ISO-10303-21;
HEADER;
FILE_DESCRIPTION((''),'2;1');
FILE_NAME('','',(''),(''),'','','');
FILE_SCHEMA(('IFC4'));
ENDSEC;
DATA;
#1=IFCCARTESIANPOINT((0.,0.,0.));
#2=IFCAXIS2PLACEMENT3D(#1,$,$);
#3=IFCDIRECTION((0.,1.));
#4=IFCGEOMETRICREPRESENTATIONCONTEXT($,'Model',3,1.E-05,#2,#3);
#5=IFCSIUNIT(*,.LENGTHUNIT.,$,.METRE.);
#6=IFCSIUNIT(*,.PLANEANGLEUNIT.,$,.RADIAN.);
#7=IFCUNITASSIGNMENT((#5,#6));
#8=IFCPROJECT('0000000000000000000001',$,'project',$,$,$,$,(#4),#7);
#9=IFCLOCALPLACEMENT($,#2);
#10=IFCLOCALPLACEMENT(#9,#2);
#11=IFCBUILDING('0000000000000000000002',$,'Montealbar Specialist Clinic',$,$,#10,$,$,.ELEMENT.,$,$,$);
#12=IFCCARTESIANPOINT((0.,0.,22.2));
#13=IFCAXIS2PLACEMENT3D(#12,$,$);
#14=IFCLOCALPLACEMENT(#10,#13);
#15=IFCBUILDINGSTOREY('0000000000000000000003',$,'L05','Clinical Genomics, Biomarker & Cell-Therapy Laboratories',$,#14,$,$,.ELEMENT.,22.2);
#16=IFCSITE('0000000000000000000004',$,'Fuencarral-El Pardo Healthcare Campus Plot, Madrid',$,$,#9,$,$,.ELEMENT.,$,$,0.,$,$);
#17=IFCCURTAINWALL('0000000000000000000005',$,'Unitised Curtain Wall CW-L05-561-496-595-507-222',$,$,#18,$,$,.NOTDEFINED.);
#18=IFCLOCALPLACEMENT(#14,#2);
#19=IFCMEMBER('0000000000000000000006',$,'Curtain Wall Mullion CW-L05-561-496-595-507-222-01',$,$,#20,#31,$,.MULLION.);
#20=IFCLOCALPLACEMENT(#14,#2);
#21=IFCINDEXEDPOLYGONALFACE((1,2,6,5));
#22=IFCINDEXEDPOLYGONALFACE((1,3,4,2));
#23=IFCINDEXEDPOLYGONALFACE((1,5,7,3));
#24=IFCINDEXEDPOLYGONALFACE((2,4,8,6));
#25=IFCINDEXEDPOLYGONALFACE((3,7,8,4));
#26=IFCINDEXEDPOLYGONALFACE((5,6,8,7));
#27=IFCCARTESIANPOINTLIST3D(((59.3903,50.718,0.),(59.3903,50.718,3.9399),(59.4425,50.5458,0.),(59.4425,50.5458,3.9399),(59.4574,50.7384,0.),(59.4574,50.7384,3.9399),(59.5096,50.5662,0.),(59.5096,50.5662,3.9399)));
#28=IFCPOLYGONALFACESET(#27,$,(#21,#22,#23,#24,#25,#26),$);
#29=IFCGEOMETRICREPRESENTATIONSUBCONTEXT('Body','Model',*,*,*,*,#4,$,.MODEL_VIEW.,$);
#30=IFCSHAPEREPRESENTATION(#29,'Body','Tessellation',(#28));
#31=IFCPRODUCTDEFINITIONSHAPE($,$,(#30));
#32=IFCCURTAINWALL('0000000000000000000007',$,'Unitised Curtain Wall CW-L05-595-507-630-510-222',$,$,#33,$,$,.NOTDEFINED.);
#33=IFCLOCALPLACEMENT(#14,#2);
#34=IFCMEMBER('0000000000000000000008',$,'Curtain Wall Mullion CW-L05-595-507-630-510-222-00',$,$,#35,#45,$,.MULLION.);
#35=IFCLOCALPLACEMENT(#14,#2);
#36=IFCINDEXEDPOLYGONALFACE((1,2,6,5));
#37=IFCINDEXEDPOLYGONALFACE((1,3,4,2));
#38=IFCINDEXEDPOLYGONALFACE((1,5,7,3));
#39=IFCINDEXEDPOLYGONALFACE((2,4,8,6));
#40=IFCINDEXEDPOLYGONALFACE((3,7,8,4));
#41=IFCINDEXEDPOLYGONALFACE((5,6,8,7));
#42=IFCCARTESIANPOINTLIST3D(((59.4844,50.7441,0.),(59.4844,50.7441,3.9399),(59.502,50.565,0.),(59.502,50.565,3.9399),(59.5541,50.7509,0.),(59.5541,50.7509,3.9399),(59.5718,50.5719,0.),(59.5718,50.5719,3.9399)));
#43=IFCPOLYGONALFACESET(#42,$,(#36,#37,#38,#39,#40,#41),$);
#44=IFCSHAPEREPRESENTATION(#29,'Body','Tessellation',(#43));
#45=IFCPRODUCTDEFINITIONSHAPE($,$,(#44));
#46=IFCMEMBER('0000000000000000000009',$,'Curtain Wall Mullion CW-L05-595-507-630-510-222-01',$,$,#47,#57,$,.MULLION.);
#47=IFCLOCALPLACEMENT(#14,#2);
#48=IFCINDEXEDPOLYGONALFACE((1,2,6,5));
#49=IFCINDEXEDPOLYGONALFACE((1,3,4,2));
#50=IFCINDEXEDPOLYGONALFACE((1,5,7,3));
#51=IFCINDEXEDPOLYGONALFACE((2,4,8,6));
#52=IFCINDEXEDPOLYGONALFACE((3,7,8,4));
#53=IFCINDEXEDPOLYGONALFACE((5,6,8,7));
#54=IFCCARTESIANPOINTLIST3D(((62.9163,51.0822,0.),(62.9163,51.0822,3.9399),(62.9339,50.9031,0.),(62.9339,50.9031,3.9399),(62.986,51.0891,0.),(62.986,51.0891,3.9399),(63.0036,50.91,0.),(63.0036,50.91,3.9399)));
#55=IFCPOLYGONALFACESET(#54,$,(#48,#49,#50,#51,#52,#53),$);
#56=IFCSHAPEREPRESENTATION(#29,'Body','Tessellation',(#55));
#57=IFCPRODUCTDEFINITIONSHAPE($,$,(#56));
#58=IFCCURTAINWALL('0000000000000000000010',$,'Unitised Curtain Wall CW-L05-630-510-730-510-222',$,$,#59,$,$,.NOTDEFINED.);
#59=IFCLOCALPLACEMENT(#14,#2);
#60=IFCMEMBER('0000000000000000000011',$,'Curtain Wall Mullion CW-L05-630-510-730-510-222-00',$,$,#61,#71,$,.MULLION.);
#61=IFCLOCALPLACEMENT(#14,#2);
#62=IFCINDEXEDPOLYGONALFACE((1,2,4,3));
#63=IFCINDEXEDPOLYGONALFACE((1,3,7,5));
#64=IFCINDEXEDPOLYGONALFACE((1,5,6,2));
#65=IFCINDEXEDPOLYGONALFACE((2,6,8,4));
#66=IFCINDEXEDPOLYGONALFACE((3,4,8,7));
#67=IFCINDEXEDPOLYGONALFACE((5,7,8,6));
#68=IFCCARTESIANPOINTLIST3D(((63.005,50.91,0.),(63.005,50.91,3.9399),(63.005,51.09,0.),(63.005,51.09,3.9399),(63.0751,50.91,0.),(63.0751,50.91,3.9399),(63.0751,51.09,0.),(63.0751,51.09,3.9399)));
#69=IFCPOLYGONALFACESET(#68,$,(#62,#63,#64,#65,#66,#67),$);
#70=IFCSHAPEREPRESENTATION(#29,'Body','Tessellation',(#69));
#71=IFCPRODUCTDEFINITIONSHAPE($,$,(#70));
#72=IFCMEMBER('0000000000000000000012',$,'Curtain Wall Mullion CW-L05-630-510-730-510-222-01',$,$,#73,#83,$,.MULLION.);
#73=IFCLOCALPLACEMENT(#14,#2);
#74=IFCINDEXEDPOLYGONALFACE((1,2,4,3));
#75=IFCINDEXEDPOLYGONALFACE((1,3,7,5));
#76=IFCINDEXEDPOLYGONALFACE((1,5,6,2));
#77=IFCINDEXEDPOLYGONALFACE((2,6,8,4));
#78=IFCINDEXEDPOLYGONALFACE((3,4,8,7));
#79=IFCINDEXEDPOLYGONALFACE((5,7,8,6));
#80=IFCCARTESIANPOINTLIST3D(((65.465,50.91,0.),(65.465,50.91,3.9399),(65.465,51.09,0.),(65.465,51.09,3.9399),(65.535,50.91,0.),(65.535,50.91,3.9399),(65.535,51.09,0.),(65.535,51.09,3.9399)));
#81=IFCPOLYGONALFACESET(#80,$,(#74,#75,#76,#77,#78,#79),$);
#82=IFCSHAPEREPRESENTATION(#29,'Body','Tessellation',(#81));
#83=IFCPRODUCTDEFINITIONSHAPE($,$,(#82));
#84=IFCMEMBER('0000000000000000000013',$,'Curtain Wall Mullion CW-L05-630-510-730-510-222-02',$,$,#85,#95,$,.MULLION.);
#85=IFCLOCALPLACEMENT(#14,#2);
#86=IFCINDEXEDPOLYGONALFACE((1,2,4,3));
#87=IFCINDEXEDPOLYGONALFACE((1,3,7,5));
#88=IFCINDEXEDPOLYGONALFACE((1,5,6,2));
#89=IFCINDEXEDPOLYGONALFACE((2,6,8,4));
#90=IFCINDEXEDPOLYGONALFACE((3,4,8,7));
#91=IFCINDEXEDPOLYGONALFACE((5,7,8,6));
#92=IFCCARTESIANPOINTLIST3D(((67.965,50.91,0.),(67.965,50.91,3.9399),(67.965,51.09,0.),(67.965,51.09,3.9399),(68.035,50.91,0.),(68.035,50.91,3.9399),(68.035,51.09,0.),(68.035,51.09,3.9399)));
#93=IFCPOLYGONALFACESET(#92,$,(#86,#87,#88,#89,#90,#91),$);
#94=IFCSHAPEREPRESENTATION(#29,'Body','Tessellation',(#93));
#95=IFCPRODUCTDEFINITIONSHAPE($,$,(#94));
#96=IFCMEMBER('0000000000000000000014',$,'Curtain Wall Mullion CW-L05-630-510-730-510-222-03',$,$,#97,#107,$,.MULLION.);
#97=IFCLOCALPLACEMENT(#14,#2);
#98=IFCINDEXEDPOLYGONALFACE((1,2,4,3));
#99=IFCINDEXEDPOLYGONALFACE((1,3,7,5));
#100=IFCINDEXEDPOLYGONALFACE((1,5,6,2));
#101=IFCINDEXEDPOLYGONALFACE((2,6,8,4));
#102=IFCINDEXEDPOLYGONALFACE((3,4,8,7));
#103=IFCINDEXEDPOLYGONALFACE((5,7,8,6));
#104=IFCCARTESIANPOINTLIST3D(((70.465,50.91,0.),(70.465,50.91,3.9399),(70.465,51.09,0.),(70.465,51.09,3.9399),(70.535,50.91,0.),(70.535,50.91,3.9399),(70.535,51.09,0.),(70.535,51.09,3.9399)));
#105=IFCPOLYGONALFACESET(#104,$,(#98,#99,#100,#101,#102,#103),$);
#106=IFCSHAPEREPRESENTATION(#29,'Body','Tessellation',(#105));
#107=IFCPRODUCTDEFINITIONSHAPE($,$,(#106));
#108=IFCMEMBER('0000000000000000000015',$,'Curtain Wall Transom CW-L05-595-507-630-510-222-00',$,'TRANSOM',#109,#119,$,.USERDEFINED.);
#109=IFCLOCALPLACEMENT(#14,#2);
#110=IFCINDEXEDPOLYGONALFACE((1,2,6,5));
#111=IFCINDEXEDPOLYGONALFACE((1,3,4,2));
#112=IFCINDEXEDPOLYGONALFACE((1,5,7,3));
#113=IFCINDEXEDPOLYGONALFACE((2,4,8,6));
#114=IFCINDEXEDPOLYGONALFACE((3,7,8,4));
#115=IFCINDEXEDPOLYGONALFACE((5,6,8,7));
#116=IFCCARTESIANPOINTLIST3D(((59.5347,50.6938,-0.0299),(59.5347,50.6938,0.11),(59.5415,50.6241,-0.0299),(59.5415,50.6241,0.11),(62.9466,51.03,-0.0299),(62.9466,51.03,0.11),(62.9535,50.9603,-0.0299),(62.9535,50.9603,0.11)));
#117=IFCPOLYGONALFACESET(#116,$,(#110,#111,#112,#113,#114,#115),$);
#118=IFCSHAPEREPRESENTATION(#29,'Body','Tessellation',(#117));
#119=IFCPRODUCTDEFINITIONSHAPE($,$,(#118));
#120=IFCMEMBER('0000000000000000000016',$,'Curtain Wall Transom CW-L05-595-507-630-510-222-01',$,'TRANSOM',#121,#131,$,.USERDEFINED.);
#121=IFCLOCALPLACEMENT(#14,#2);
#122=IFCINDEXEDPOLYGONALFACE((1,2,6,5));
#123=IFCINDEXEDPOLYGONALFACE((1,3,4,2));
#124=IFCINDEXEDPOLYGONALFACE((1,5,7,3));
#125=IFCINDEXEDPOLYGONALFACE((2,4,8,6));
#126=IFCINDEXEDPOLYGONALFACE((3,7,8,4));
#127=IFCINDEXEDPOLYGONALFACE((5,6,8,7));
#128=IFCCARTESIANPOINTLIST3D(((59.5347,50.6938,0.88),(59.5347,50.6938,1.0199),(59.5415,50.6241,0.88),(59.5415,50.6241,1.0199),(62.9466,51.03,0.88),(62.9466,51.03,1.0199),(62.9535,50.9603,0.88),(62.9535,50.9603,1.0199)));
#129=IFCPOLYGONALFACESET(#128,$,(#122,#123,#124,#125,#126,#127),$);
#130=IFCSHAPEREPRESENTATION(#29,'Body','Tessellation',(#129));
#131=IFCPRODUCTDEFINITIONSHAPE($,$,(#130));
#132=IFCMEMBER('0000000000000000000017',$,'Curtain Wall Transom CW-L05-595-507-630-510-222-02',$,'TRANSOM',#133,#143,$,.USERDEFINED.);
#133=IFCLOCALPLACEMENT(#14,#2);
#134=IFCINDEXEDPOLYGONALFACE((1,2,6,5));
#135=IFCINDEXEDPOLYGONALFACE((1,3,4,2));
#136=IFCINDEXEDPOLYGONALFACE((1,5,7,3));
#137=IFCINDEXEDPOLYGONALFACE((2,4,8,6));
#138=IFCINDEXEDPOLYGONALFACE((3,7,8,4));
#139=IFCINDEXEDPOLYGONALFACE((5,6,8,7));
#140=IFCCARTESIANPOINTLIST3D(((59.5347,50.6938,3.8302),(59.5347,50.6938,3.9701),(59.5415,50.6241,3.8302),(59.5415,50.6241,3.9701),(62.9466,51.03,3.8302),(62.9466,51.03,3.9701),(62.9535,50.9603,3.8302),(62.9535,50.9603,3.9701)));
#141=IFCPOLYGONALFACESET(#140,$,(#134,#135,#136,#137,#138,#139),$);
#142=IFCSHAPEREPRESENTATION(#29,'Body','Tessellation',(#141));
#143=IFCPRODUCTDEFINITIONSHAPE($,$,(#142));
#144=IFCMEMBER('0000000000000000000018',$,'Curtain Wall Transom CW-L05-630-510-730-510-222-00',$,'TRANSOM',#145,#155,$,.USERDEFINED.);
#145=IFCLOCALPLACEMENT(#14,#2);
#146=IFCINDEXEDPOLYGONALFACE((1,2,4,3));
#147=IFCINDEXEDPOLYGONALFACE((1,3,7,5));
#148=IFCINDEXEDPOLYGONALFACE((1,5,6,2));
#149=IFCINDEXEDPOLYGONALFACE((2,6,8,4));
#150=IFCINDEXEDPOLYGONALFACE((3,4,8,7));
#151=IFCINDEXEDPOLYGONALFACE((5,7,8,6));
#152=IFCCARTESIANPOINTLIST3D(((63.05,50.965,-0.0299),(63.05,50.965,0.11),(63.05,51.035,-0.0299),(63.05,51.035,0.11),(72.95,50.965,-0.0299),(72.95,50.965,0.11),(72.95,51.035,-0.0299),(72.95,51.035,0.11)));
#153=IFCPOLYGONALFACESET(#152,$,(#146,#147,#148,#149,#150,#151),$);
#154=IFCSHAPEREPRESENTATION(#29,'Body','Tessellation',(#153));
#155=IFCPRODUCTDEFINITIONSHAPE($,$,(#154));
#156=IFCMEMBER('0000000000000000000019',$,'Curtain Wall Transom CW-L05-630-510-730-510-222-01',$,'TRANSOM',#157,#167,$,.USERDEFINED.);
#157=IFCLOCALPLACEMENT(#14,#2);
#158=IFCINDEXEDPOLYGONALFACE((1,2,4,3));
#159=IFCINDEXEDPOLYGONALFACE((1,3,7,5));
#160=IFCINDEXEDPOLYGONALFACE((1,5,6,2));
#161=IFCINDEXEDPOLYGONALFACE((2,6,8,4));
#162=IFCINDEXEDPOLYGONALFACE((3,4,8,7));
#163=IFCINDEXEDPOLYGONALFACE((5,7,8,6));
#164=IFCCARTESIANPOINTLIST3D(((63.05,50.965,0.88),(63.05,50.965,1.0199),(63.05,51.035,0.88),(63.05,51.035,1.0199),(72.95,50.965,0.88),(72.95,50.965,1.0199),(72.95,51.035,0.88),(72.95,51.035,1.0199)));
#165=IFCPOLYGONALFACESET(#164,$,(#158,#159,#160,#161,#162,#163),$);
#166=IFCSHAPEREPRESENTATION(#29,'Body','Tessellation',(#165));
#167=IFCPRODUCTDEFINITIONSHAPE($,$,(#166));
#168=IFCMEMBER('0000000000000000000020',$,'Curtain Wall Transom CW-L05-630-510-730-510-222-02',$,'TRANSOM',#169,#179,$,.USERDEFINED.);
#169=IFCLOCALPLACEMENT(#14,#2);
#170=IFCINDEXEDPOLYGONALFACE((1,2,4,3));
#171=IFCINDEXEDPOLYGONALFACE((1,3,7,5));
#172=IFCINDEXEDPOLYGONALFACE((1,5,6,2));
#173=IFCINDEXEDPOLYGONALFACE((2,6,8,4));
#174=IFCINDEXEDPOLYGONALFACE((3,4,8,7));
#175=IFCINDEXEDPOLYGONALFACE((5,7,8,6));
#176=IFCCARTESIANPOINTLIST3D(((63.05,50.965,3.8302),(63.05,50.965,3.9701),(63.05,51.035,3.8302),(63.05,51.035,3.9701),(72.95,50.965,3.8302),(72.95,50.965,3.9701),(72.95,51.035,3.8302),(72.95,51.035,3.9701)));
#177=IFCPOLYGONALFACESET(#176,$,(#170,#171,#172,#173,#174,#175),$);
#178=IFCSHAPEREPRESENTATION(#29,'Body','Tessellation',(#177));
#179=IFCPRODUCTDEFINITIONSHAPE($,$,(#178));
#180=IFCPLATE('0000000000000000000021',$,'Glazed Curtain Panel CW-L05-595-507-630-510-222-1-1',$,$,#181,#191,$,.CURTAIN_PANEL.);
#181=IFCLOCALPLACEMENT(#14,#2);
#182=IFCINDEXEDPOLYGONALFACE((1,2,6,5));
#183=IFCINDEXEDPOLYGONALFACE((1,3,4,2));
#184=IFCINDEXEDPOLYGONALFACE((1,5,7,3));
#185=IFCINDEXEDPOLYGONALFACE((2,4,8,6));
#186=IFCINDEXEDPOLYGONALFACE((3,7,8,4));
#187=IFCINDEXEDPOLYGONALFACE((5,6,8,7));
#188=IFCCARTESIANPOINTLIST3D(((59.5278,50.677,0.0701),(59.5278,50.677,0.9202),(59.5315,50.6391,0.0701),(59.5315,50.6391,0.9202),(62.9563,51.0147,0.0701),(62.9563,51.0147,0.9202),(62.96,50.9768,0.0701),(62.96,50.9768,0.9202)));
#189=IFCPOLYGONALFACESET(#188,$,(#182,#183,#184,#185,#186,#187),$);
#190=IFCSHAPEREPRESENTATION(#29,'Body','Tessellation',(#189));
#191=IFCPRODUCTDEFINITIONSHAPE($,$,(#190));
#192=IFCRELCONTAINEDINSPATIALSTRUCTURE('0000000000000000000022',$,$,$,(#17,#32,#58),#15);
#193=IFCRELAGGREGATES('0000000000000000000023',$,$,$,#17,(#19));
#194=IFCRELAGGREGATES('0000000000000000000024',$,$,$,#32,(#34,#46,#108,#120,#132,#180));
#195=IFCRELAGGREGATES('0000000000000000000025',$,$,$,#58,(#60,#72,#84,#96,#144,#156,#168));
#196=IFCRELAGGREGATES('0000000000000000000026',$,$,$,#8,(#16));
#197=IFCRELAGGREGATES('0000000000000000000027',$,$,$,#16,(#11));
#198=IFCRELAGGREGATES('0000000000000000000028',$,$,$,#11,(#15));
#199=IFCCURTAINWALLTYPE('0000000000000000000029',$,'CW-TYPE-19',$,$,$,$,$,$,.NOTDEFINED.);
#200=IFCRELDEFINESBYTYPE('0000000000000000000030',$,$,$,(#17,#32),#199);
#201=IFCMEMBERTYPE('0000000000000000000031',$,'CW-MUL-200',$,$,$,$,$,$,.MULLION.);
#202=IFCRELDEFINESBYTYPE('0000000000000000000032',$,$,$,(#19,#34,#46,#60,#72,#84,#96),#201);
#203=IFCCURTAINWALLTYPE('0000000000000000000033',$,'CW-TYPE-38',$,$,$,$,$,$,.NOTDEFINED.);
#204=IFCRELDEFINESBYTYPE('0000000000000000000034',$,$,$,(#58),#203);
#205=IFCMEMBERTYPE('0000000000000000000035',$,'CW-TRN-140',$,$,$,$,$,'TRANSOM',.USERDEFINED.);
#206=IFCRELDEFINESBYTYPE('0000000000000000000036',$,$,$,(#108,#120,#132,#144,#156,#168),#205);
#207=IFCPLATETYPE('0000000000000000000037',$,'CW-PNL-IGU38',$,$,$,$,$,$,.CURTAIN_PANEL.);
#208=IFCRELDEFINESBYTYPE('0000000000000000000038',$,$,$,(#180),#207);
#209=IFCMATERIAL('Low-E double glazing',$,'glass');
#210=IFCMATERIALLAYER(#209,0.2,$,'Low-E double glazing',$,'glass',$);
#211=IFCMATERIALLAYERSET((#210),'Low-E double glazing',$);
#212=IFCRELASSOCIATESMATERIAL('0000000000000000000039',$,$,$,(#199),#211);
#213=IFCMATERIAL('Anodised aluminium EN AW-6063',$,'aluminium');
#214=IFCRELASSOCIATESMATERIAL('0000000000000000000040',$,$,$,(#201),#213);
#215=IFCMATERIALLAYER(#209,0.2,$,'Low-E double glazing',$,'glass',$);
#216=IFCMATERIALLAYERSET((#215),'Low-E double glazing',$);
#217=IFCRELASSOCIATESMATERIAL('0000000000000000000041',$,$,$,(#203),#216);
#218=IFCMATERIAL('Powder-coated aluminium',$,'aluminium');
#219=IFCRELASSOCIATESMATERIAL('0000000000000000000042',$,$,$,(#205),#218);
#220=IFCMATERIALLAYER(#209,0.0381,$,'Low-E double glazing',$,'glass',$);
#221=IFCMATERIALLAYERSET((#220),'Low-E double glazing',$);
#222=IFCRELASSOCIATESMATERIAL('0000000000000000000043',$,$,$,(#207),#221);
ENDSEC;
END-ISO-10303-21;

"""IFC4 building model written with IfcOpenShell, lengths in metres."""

from ifc_helpers import new_model, si_unit, direction, frame, origin, origin_2d, place, context, subcontext, project, spatial, rectangle, extrude, material, layer, layer_set, material_profile, profile_set, type_object, element, aggregate, save


model = new_model("IFC4")

# Units and contexts
model_context = context("Model", 3, precision=1e-05, world=origin(), true_north=direction((0.0, 1.0)))
body_context = subcontext(model_context, "Body", "Model", "MODEL_VIEW")
ifc_project = project(units=[si_unit("LENGTHUNIT", "METRE"), si_unit("PLANEANGLEUNIT", "RADIAN")], contexts=[model_context])

# Site, building, storey
site_placement = place(None, origin())
site = spatial("IfcSite", under=ifc_project, at=site_placement, Name="Fuencarral-El Pardo Healthcare Campus Plot, Madrid", CompositionType="ELEMENT", RefElevation=0.0)
building_placement = place(site_placement, origin())
building = spatial("IfcBuilding", under=site, at=building_placement, Name="Montealbar Specialist Clinic", CompositionType="ELEMENT")
storey_placement = place(building_placement, frame((0.0, 0.0, 22.2)))
storey = spatial("IfcBuildingStorey", under=building, at=storey_placement, Name="L05", Description="Clinical Genomics, Biomarker & Cell-Therapy Laboratories", CompositionType="ELEMENT", Elevation=22.2)

# Curtain wall, member
ifc_material_1 = material(Name="Low-E double glazing", Category="glass")
ifc_layer_1 = layer(ifc_material_1, 0.2, Name="Low-E double glazing", Category="glass")
ifc_layer_set_1 = layer_set([ifc_layer_1], Name="Low-E double glazing")
curtain_wall_type_1 = type_object("IfcCurtainWallType", Name="CW-TYPE-19", PredefinedType="NOTDEFINED", material=ifc_layer_set_1)
curtain_wall_1_placement = place(storey_placement, origin())
curtain_wall_1 = element("IfcCurtainWall", 1, at=curtain_wall_1_placement, inside=storey, type_object=curtain_wall_type_1, Name="Unitised Curtain Wall CW-L05-561-496-595-507-222", PredefinedType="NOTDEFINED")
ifc_material_2 = material(Name="Anodised aluminium EN AW-6063", Category="aluminium")
ifc_material_profile_1 = material_profile(ifc_material_2, rectangle(XDim=0.0701, YDim=0.1799, at=origin_2d()), Name="ALU 70x180", Category="aluminium")
ifc_profile_set_1 = profile_set([ifc_material_profile_1], Name="Anodised aluminium EN AW-6063")
member_type_1 = type_object("IfcMemberType", Name="CW-MUL-200", PredefinedType="MULLION", material=ifc_profile_set_1)
member_1_placement = place(storey_placement, frame((59.45, 50.6421, 0.0), z_axis=(0.0, 0.0, 1.0), x_axis=(0.956948, 0.290259, 0.0)))
member_1 = element("IfcMember", 2, at=member_1_placement, type_object=member_type_1, Name="Curtain Wall Mullion CW-L05-561-496-595-507-222-01", PredefinedType="MULLION", context=body_context, shape_type="SweptSolid", body=[
    extrude(rectangle(XDim=0.0701, YDim=0.1799, at=origin_2d()), origin(), (0.0, 0.0, 1.0), 3.9399),
])
aggregate(curtain_wall_1, [member_1])

# Curtain walls, members
curtain_wall_2_placement = place(storey_placement, origin())
curtain_wall_2 = element("IfcCurtainWall", 3, at=curtain_wall_2_placement, inside=storey, type_object=curtain_wall_type_1, Name="Unitised Curtain Wall CW-L05-595-507-630-510-222", PredefinedType="NOTDEFINED")
member_2_placement = place(storey_placement, frame((59.5281, 50.658, 0.0), z_axis=(0.0, 0.0, 1.0), x_axis=(0.995182, 0.098045, 0.0)))
member_2 = element("IfcMember", 4, at=member_2_placement, type_object=member_type_1, Name="Curtain Wall Mullion CW-L05-595-507-630-510-222-00", PredefinedType="MULLION", context=body_context, shape_type="SweptSolid", body=[
    extrude(rectangle(XDim=0.0701, YDim=0.1799, at=origin_2d()), origin(), (0.0, 0.0, 1.0), 3.9399),
])
member_3_placement = place(storey_placement, frame((62.96, 50.9961, 0.0), z_axis=(0.0, 0.0, 1.0), x_axis=(0.995182, 0.098045, 0.0)))
member_3 = element("IfcMember", 5, at=member_3_placement, type_object=member_type_1, Name="Curtain Wall Mullion CW-L05-595-507-630-510-222-01", PredefinedType="MULLION", context=body_context, shape_type="SweptSolid", body=[
    extrude(rectangle(XDim=0.0701, YDim=0.1799, at=origin_2d()), origin(), (0.0, 0.0, 1.0), 3.9399),
])
ifc_layer_2 = layer(ifc_material_1, 0.2, Name="Low-E double glazing", Category="glass")
ifc_layer_set_2 = layer_set([ifc_layer_2], Name="Low-E double glazing")
curtain_wall_type_2 = type_object("IfcCurtainWallType", Name="CW-TYPE-38", PredefinedType="NOTDEFINED", material=ifc_layer_set_2)
curtain_wall_3_placement = place(storey_placement, origin())
curtain_wall_3 = element("IfcCurtainWall", 6, at=curtain_wall_3_placement, inside=storey, type_object=curtain_wall_type_2, Name="Unitised Curtain Wall CW-L05-630-510-730-510-222", PredefinedType="NOTDEFINED")
member_4_placement = place(storey_placement, frame((63.04, 51.0, 0.0), z_axis=(0.0, 0.0, 1.0), x_axis=(1.0, 0.0, 0.0)))
member_4 = element("IfcMember", 7, at=member_4_placement, type_object=member_type_1, Name="Curtain Wall Mullion CW-L05-630-510-730-510-222-00", PredefinedType="MULLION", context=body_context, shape_type="SweptSolid", body=[
    extrude(rectangle(XDim=0.0701, YDim=0.1799, at=origin_2d()), origin(), (0.0, 0.0, 1.0), 3.9399),
])
member_5_placement = place(storey_placement, frame((65.5, 51.0, 0.0), z_axis=(0.0, 0.0, 1.0), x_axis=(1.0, 0.0, 0.0)))
member_5 = element("IfcMember", 8, at=member_5_placement, type_object=member_type_1, Name="Curtain Wall Mullion CW-L05-630-510-730-510-222-01", PredefinedType="MULLION", context=body_context, shape_type="SweptSolid", body=[
    extrude(rectangle(XDim=0.0701, YDim=0.1799, at=origin_2d()), origin(), (0.0, 0.0, 1.0), 3.9399),
])
member_6_placement = place(storey_placement, frame((68.0, 51.0, 0.0), z_axis=(0.0, 0.0, 1.0), x_axis=(1.0, 0.0, 0.0)))
member_6 = element("IfcMember", 9, at=member_6_placement, type_object=member_type_1, Name="Curtain Wall Mullion CW-L05-630-510-730-510-222-02", PredefinedType="MULLION", context=body_context, shape_type="SweptSolid", body=[
    extrude(rectangle(XDim=0.0701, YDim=0.1799, at=origin_2d()), origin(), (0.0, 0.0, 1.0), 3.9399),
])
member_7_placement = place(storey_placement, frame((70.5, 51.0, 0.0), z_axis=(0.0, 0.0, 1.0), x_axis=(1.0, 0.0, 0.0)))
member_7 = element("IfcMember", 10, at=member_7_placement, type_object=member_type_1, Name="Curtain Wall Mullion CW-L05-630-510-730-510-222-03", PredefinedType="MULLION", context=body_context, shape_type="SweptSolid", body=[
    extrude(rectangle(XDim=0.0701, YDim=0.1799, at=origin_2d()), origin(), (0.0, 0.0, 1.0), 3.9399),
])

# Members
ifc_material_3 = material(Name="Powder-coated aluminium", Category="aluminium")
ifc_material_profile_2 = material_profile(ifc_material_3, rectangle(XDim=0.0701, YDim=0.1399, at=origin_2d()), Name="ALU 70x140", Category="aluminium")
ifc_profile_set_2 = profile_set([ifc_material_profile_2], Name="Powder-coated aluminium")
member_type_2 = type_object("IfcMemberType", Name="CW-TRN-140", ElementType="TRANSOM", PredefinedType="USERDEFINED", material=ifc_profile_set_2)
member_8_placement = place(storey_placement, frame((59.5381, 50.6589, 0.04), z_axis=(0.995181, 0.098058, 0.0), x_axis=(-0.098058, 0.995181, 0.0)))
member_8 = element("IfcMember", 11, at=member_8_placement, type_object=member_type_2, Name="Curtain Wall Transom CW-L05-595-507-630-510-222-00", ObjectType="TRANSOM", PredefinedType="USERDEFINED", context=body_context, shape_type="SweptSolid", body=[
    extrude(rectangle(XDim=0.0701, YDim=0.1399, at=origin_2d()), origin(), (0.0, 0.0, 1.0), 3.4285),
])
member_9_placement = place(storey_placement, frame((59.5381, 50.6589, 0.95), z_axis=(0.995181, 0.098058, 0.0), x_axis=(-0.098058, 0.995181, 0.0)))
member_9 = element("IfcMember", 12, at=member_9_placement, type_object=member_type_2, Name="Curtain Wall Transom CW-L05-595-507-630-510-222-01", ObjectType="TRANSOM", PredefinedType="USERDEFINED", context=body_context, shape_type="SweptSolid", body=[
    extrude(rectangle(XDim=0.0701, YDim=0.1399, at=origin_2d()), origin(), (0.0, 0.0, 1.0), 3.4285),
])
member_10_placement = place(storey_placement, frame((59.5381, 50.6589, 3.9001), z_axis=(0.995181, 0.098058, 0.0), x_axis=(-0.098058, 0.995181, 0.0)))
member_10 = element("IfcMember", 13, at=member_10_placement, type_object=member_type_2, Name="Curtain Wall Transom CW-L05-595-507-630-510-222-02", ObjectType="TRANSOM", PredefinedType="USERDEFINED", context=body_context, shape_type="SweptSolid", body=[
    extrude(rectangle(XDim=0.0701, YDim=0.1399, at=origin_2d()), origin(), (0.0, 0.0, 1.0), 3.4285),
])
member_11_placement = place(storey_placement, frame((63.05, 51.0, 0.04), z_axis=(1.0, 0.0, 0.0), x_axis=(0.0, 1.0, 0.0)))
member_11 = element("IfcMember", 14, at=member_11_placement, type_object=member_type_2, Name="Curtain Wall Transom CW-L05-630-510-730-510-222-00", ObjectType="TRANSOM", PredefinedType="USERDEFINED", context=body_context, shape_type="SweptSolid", body=[
    extrude(rectangle(XDim=0.0701, YDim=0.1399, at=origin_2d()), origin(), (0.0, 0.0, 1.0), 9.8999),
])
member_12_placement = place(storey_placement, frame((63.05, 51.0, 0.95), z_axis=(1.0, 0.0, 0.0), x_axis=(0.0, 1.0, 0.0)))
member_12 = element("IfcMember", 15, at=member_12_placement, type_object=member_type_2, Name="Curtain Wall Transom CW-L05-630-510-730-510-222-01", ObjectType="TRANSOM", PredefinedType="USERDEFINED", context=body_context, shape_type="SweptSolid", body=[
    extrude(rectangle(XDim=0.0701, YDim=0.1399, at=origin_2d()), origin(), (0.0, 0.0, 1.0), 9.8999),
])
member_13_placement = place(storey_placement, frame((63.05, 51.0, 3.9001), z_axis=(1.0, 0.0, 0.0), x_axis=(0.0, 1.0, 0.0)))
member_13 = element("IfcMember", 16, at=member_13_placement, type_object=member_type_2, Name="Curtain Wall Transom CW-L05-630-510-730-510-222-02", ObjectType="TRANSOM", PredefinedType="USERDEFINED", context=body_context, shape_type="SweptSolid", body=[
    extrude(rectangle(XDim=0.0701, YDim=0.1399, at=origin_2d()), origin(), (0.0, 0.0, 1.0), 9.8999),
])

# Plate
ifc_layer_3 = layer(ifc_material_1, 0.0381, Name="Low-E double glazing", Category="glass")
ifc_layer_set_3 = layer_set([ifc_layer_3], Name="Low-E double glazing")
plate_type = type_object("IfcPlateType", Name="CW-PNL-IGU38", PredefinedType="CURTAIN_PANEL", material=ifc_layer_set_3)
plate_1_placement = place(storey_placement, frame((61.2439, 50.8269, 0.0701), z_axis=(0.0, 0.0, 1.0), x_axis=(0.995182, 0.098045, 0.0)))
plate_1 = element("IfcPlate", 17, at=plate_1_placement, type_object=plate_type, Name="Glazed Curtain Panel CW-L05-595-507-630-510-222-1-1", PredefinedType="CURTAIN_PANEL", context=body_context, shape_type="SweptSolid", body=[
    extrude(rectangle(XDim=3.4451, YDim=0.0381, at=origin_2d()), origin(), (0.0, 0.0, 1.0), 0.8501),
])
aggregate(curtain_wall_2, [member_2, member_3, member_8, member_9, member_10, plate_1])
aggregate(curtain_wall_3, [member_4, member_5, member_6, member_7, member_11, member_12, member_13])

save(model, "model.ifc")
